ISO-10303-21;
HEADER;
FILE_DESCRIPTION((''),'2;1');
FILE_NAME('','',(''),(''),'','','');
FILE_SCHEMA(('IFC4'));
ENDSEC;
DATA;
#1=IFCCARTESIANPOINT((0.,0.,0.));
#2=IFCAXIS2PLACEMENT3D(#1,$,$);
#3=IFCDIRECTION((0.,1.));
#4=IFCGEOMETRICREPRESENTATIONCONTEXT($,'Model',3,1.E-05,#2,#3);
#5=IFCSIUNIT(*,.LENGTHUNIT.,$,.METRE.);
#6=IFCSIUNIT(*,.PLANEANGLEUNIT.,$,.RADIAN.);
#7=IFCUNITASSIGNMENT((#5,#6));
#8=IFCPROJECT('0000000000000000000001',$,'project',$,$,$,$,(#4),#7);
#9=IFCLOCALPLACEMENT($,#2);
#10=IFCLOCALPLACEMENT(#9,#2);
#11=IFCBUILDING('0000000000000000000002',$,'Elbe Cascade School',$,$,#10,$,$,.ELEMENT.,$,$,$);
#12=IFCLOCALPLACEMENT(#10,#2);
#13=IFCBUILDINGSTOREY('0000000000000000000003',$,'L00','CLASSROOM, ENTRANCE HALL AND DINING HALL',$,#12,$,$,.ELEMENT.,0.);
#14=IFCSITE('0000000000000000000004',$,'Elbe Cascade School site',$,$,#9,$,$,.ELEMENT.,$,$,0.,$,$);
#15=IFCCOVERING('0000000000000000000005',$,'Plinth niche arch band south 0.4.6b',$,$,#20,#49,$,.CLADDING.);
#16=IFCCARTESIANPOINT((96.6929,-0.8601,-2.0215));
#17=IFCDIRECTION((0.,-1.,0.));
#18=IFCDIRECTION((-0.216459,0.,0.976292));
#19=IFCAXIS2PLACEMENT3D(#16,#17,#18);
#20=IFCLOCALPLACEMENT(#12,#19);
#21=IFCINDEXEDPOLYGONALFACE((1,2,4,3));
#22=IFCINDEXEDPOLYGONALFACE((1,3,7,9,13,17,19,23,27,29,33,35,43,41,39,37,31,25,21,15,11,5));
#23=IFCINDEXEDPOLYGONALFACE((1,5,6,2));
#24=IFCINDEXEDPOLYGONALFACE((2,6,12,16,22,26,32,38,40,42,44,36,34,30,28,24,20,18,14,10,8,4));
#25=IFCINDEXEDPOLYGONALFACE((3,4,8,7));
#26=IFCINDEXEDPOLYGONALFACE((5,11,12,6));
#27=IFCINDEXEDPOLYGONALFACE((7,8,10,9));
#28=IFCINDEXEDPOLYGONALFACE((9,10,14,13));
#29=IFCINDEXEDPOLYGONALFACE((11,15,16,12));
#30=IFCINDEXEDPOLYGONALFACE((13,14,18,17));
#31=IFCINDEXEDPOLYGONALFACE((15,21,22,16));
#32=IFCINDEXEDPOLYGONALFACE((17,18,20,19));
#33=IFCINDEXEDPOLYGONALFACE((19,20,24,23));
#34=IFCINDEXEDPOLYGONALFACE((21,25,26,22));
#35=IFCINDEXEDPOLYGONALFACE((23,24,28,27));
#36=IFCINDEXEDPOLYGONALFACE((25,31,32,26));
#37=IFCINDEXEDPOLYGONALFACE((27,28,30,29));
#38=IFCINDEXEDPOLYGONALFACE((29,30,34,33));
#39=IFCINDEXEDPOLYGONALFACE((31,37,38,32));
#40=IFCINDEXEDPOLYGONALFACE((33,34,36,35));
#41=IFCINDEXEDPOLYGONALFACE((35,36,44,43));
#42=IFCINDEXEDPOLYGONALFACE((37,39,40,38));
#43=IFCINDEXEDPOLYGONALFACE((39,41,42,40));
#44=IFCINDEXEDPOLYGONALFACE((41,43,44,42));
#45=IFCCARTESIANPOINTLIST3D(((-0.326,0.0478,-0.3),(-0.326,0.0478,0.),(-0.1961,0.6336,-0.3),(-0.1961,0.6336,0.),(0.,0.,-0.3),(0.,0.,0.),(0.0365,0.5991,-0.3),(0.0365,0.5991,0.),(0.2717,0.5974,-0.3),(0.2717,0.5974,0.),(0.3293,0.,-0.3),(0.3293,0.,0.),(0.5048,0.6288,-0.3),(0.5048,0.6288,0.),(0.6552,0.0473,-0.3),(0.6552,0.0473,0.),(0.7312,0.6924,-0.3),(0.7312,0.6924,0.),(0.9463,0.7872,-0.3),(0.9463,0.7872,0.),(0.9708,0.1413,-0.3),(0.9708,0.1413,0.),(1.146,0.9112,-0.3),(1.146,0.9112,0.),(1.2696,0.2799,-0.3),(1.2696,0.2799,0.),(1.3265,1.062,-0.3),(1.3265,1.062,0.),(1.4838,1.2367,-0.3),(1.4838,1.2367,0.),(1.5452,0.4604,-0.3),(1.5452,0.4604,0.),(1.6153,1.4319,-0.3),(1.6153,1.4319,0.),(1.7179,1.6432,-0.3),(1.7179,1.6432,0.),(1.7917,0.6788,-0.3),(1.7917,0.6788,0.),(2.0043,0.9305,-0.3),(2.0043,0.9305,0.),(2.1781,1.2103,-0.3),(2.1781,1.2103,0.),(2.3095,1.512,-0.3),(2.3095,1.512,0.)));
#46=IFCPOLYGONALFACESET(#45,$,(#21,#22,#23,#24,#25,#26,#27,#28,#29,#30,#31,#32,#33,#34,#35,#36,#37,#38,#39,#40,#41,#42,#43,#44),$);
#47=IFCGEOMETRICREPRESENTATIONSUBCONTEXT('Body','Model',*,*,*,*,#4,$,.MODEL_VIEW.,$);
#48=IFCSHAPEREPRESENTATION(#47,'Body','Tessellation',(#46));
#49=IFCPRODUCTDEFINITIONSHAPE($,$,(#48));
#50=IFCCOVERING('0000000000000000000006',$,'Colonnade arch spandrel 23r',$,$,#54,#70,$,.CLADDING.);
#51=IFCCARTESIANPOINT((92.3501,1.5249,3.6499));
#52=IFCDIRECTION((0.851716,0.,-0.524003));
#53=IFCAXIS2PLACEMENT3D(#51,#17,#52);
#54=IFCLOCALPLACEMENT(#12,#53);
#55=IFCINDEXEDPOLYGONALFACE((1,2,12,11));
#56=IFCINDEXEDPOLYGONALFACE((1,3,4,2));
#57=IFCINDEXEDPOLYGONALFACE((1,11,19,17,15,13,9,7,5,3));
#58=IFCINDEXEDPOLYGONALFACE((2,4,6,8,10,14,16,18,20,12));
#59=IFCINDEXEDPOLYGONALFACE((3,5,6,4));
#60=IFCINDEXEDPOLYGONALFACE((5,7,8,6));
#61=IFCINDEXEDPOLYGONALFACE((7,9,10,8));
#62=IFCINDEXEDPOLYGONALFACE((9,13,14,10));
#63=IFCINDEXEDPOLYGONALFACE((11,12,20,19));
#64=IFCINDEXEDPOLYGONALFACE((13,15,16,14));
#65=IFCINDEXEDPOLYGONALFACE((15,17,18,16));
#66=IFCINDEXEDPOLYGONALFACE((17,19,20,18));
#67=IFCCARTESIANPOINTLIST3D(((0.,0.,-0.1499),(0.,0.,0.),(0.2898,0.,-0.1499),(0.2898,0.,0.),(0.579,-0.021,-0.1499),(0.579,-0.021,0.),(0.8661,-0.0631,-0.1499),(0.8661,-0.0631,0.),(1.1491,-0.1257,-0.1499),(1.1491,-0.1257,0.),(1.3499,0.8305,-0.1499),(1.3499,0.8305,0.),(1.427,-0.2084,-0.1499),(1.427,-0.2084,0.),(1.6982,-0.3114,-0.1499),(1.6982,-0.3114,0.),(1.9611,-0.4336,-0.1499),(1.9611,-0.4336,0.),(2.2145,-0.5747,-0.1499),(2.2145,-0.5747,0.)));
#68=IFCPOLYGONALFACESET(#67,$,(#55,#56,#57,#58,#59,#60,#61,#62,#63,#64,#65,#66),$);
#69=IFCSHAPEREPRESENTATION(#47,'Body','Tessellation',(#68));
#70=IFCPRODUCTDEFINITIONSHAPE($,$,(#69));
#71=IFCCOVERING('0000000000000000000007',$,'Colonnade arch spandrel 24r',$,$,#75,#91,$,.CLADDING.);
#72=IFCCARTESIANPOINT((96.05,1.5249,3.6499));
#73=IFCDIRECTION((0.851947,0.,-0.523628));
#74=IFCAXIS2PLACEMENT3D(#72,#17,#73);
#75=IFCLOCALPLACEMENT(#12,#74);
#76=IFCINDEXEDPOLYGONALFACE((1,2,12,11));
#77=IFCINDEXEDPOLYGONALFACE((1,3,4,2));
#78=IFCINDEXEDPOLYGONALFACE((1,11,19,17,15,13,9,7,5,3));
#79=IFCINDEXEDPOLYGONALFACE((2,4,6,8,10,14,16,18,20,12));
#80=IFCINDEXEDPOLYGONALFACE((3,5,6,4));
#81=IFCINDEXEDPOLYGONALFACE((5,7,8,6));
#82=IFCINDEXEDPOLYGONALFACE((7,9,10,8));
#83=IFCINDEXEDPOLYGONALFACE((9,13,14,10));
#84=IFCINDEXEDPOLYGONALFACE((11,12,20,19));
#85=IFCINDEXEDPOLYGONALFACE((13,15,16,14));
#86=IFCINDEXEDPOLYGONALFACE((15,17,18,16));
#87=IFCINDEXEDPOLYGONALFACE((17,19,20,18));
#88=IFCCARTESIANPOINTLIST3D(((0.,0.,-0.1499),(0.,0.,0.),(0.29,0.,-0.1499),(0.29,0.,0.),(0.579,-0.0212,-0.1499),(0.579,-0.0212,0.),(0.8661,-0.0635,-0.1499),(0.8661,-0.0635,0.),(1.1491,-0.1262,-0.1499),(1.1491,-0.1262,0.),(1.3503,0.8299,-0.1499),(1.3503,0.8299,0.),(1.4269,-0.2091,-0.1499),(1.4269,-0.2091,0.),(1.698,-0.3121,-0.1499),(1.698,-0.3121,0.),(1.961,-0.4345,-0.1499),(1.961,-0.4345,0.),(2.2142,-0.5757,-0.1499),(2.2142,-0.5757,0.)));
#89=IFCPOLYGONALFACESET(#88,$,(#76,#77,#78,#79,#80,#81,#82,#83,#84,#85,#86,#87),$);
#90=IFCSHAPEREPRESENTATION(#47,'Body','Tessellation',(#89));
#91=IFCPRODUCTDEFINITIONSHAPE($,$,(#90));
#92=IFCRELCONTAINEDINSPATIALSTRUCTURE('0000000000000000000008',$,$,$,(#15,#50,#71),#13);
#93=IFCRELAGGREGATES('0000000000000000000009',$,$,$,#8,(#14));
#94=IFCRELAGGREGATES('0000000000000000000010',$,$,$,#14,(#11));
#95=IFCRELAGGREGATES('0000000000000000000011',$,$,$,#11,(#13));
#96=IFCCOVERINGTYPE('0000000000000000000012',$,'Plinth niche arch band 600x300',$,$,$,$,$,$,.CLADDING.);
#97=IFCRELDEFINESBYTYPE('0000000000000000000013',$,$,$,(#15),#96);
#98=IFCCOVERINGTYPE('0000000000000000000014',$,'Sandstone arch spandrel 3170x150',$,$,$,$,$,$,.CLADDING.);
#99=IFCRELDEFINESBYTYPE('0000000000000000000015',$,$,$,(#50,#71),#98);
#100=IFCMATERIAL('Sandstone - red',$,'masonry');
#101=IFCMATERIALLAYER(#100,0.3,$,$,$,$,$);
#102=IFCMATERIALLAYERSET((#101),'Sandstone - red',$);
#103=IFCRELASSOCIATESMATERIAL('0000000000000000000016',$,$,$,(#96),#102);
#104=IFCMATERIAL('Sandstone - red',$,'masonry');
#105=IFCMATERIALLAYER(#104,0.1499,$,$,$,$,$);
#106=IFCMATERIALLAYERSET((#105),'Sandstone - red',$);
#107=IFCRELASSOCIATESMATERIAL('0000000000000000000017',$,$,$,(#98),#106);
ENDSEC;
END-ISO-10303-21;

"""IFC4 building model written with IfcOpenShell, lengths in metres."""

from ifc_helpers import new_model, si_unit, direction, frame, origin, place, context, subcontext, project, spatial, polyline, outline, extrude, material, layer, layer_set, type_object, element, save


model = new_model("IFC4")

# Units and contexts
model_context = context("Model", 3, precision=1e-05, world=origin(), true_north=direction((0.0, 1.0)))
body_context = subcontext(model_context, "Body", "Model", "MODEL_VIEW")
ifc_project = project(units=[si_unit("LENGTHUNIT", "METRE"), si_unit("PLANEANGLEUNIT", "RADIAN")], contexts=[model_context])

# Site, building, storey
site_placement = place(None, origin())
site = spatial("IfcSite", under=ifc_project, at=site_placement, Name="Elbe Cascade School site", CompositionType="ELEMENT", RefElevation=0.0)
building_placement = place(site_placement, origin())
building = spatial("IfcBuilding", under=site, at=building_placement, Name="Elbe Cascade School", CompositionType="ELEMENT")
storey_placement = place(building_placement, origin())
storey = spatial("IfcBuildingStorey", under=building, at=storey_placement, Name="L00", Description="CLASSROOM, ENTRANCE HALL AND DINING HALL", CompositionType="ELEMENT", Elevation=0.0)

# Coverings
ifc_material_1 = material(Name="Sandstone - red", Category="masonry")
ifc_layer_1 = layer(ifc_material_1, 0.3)
ifc_layer_set_1 = layer_set([ifc_layer_1], Name="Sandstone - red")
covering_type_1 = type_object("IfcCoveringType", Name="Plinth niche arch band 600x300", PredefinedType="CLADDING", material=ifc_layer_set_1)
covering_1_placement = place(storey_placement, frame((96.6929, -0.8601, -2.0215), z_axis=(0.0, -1.0, 0.0), x_axis=(-0.216459, 0.0, 0.976292)))
element("IfcCovering", 1, at=covering_1_placement, inside=storey, type_object=covering_type_1, Name="Plinth niche arch band south 0.4.6b", PredefinedType="CLADDING", context=body_context, shape_type="SweptSolid", body=[
    extrude(outline(polyline([(0.0, 0.0), (0.3293, 0.0), (0.6552, 0.0473), (0.9708, 0.1413), (1.2696, 0.2799), (1.5452, 0.4604), (1.7917, 0.6788), (2.0043, 0.9305), (2.1781, 1.2103), (2.3095, 1.512), (1.7179, 1.6432), (1.6153, 1.4319), (1.4838, 1.2367), (1.3265, 1.062), (1.146, 0.9112), (0.9463, 0.7872), (0.7312, 0.6924), (0.5048, 0.6288), (0.2717, 0.5974), (0.0365, 0.5991), (-0.1961, 0.6336), (-0.326, 0.0478), (0.0, 0.0)])), origin(), (0.0, 0.0, -1.0), 0.3),
])
ifc_material_2 = material(Name="Sandstone - red", Category="masonry")
ifc_layer_2 = layer(ifc_material_2, 0.1499)
ifc_layer_set_2 = layer_set([ifc_layer_2], Name="Sandstone - red")
covering_type_2 = type_object("IfcCoveringType", Name="Sandstone arch spandrel 3170x150", PredefinedType="CLADDING", material=ifc_layer_set_2)
covering_2_placement = place(storey_placement, frame((92.3501, 1.5249, 3.6499), z_axis=(0.0, -1.0, 0.0), x_axis=(0.851716, 0.0, -0.524003)))
element("IfcCovering", 2, at=covering_2_placement, inside=storey, type_object=covering_type_2, Name="Colonnade arch spandrel 23r", PredefinedType="CLADDING", context=body_context, shape_type="SweptSolid", body=[
    extrude(outline(polyline([(0.0, 0.0), (0.2898, 0.0), (0.579, -0.021), (0.8661, -0.0631), (1.1491, -0.1257), (1.427, -0.2084), (1.6982, -0.3114), (1.9611, -0.4336), (2.2145, -0.5747), (1.3499, 0.8305), (0.0, 0.0)])), origin(), (0.0, 0.0, -1.0), 0.1499),
])
covering_3_placement = place(storey_placement, frame((96.05, 1.5249, 3.6499), z_axis=(0.0, -1.0, 0.0), x_axis=(0.851947, 0.0, -0.523628)))
element("IfcCovering", 3, at=covering_3_placement, inside=storey, type_object=covering_type_2, Name="Colonnade arch spandrel 24r", PredefinedType="CLADDING", context=body_context, shape_type="SweptSolid", body=[
    extrude(outline(polyline([(0.0, 0.0), (0.29, 0.0), (0.579, -0.0212), (0.8661, -0.0635), (1.1491, -0.1262), (1.4269, -0.2091), (1.698, -0.3121), (1.961, -0.4345), (2.2142, -0.5757), (1.3503, 0.8299), (0.0, 0.0)])), origin(), (0.0, 0.0, -1.0), 0.1499),
])

save(model, "model.ifc")
